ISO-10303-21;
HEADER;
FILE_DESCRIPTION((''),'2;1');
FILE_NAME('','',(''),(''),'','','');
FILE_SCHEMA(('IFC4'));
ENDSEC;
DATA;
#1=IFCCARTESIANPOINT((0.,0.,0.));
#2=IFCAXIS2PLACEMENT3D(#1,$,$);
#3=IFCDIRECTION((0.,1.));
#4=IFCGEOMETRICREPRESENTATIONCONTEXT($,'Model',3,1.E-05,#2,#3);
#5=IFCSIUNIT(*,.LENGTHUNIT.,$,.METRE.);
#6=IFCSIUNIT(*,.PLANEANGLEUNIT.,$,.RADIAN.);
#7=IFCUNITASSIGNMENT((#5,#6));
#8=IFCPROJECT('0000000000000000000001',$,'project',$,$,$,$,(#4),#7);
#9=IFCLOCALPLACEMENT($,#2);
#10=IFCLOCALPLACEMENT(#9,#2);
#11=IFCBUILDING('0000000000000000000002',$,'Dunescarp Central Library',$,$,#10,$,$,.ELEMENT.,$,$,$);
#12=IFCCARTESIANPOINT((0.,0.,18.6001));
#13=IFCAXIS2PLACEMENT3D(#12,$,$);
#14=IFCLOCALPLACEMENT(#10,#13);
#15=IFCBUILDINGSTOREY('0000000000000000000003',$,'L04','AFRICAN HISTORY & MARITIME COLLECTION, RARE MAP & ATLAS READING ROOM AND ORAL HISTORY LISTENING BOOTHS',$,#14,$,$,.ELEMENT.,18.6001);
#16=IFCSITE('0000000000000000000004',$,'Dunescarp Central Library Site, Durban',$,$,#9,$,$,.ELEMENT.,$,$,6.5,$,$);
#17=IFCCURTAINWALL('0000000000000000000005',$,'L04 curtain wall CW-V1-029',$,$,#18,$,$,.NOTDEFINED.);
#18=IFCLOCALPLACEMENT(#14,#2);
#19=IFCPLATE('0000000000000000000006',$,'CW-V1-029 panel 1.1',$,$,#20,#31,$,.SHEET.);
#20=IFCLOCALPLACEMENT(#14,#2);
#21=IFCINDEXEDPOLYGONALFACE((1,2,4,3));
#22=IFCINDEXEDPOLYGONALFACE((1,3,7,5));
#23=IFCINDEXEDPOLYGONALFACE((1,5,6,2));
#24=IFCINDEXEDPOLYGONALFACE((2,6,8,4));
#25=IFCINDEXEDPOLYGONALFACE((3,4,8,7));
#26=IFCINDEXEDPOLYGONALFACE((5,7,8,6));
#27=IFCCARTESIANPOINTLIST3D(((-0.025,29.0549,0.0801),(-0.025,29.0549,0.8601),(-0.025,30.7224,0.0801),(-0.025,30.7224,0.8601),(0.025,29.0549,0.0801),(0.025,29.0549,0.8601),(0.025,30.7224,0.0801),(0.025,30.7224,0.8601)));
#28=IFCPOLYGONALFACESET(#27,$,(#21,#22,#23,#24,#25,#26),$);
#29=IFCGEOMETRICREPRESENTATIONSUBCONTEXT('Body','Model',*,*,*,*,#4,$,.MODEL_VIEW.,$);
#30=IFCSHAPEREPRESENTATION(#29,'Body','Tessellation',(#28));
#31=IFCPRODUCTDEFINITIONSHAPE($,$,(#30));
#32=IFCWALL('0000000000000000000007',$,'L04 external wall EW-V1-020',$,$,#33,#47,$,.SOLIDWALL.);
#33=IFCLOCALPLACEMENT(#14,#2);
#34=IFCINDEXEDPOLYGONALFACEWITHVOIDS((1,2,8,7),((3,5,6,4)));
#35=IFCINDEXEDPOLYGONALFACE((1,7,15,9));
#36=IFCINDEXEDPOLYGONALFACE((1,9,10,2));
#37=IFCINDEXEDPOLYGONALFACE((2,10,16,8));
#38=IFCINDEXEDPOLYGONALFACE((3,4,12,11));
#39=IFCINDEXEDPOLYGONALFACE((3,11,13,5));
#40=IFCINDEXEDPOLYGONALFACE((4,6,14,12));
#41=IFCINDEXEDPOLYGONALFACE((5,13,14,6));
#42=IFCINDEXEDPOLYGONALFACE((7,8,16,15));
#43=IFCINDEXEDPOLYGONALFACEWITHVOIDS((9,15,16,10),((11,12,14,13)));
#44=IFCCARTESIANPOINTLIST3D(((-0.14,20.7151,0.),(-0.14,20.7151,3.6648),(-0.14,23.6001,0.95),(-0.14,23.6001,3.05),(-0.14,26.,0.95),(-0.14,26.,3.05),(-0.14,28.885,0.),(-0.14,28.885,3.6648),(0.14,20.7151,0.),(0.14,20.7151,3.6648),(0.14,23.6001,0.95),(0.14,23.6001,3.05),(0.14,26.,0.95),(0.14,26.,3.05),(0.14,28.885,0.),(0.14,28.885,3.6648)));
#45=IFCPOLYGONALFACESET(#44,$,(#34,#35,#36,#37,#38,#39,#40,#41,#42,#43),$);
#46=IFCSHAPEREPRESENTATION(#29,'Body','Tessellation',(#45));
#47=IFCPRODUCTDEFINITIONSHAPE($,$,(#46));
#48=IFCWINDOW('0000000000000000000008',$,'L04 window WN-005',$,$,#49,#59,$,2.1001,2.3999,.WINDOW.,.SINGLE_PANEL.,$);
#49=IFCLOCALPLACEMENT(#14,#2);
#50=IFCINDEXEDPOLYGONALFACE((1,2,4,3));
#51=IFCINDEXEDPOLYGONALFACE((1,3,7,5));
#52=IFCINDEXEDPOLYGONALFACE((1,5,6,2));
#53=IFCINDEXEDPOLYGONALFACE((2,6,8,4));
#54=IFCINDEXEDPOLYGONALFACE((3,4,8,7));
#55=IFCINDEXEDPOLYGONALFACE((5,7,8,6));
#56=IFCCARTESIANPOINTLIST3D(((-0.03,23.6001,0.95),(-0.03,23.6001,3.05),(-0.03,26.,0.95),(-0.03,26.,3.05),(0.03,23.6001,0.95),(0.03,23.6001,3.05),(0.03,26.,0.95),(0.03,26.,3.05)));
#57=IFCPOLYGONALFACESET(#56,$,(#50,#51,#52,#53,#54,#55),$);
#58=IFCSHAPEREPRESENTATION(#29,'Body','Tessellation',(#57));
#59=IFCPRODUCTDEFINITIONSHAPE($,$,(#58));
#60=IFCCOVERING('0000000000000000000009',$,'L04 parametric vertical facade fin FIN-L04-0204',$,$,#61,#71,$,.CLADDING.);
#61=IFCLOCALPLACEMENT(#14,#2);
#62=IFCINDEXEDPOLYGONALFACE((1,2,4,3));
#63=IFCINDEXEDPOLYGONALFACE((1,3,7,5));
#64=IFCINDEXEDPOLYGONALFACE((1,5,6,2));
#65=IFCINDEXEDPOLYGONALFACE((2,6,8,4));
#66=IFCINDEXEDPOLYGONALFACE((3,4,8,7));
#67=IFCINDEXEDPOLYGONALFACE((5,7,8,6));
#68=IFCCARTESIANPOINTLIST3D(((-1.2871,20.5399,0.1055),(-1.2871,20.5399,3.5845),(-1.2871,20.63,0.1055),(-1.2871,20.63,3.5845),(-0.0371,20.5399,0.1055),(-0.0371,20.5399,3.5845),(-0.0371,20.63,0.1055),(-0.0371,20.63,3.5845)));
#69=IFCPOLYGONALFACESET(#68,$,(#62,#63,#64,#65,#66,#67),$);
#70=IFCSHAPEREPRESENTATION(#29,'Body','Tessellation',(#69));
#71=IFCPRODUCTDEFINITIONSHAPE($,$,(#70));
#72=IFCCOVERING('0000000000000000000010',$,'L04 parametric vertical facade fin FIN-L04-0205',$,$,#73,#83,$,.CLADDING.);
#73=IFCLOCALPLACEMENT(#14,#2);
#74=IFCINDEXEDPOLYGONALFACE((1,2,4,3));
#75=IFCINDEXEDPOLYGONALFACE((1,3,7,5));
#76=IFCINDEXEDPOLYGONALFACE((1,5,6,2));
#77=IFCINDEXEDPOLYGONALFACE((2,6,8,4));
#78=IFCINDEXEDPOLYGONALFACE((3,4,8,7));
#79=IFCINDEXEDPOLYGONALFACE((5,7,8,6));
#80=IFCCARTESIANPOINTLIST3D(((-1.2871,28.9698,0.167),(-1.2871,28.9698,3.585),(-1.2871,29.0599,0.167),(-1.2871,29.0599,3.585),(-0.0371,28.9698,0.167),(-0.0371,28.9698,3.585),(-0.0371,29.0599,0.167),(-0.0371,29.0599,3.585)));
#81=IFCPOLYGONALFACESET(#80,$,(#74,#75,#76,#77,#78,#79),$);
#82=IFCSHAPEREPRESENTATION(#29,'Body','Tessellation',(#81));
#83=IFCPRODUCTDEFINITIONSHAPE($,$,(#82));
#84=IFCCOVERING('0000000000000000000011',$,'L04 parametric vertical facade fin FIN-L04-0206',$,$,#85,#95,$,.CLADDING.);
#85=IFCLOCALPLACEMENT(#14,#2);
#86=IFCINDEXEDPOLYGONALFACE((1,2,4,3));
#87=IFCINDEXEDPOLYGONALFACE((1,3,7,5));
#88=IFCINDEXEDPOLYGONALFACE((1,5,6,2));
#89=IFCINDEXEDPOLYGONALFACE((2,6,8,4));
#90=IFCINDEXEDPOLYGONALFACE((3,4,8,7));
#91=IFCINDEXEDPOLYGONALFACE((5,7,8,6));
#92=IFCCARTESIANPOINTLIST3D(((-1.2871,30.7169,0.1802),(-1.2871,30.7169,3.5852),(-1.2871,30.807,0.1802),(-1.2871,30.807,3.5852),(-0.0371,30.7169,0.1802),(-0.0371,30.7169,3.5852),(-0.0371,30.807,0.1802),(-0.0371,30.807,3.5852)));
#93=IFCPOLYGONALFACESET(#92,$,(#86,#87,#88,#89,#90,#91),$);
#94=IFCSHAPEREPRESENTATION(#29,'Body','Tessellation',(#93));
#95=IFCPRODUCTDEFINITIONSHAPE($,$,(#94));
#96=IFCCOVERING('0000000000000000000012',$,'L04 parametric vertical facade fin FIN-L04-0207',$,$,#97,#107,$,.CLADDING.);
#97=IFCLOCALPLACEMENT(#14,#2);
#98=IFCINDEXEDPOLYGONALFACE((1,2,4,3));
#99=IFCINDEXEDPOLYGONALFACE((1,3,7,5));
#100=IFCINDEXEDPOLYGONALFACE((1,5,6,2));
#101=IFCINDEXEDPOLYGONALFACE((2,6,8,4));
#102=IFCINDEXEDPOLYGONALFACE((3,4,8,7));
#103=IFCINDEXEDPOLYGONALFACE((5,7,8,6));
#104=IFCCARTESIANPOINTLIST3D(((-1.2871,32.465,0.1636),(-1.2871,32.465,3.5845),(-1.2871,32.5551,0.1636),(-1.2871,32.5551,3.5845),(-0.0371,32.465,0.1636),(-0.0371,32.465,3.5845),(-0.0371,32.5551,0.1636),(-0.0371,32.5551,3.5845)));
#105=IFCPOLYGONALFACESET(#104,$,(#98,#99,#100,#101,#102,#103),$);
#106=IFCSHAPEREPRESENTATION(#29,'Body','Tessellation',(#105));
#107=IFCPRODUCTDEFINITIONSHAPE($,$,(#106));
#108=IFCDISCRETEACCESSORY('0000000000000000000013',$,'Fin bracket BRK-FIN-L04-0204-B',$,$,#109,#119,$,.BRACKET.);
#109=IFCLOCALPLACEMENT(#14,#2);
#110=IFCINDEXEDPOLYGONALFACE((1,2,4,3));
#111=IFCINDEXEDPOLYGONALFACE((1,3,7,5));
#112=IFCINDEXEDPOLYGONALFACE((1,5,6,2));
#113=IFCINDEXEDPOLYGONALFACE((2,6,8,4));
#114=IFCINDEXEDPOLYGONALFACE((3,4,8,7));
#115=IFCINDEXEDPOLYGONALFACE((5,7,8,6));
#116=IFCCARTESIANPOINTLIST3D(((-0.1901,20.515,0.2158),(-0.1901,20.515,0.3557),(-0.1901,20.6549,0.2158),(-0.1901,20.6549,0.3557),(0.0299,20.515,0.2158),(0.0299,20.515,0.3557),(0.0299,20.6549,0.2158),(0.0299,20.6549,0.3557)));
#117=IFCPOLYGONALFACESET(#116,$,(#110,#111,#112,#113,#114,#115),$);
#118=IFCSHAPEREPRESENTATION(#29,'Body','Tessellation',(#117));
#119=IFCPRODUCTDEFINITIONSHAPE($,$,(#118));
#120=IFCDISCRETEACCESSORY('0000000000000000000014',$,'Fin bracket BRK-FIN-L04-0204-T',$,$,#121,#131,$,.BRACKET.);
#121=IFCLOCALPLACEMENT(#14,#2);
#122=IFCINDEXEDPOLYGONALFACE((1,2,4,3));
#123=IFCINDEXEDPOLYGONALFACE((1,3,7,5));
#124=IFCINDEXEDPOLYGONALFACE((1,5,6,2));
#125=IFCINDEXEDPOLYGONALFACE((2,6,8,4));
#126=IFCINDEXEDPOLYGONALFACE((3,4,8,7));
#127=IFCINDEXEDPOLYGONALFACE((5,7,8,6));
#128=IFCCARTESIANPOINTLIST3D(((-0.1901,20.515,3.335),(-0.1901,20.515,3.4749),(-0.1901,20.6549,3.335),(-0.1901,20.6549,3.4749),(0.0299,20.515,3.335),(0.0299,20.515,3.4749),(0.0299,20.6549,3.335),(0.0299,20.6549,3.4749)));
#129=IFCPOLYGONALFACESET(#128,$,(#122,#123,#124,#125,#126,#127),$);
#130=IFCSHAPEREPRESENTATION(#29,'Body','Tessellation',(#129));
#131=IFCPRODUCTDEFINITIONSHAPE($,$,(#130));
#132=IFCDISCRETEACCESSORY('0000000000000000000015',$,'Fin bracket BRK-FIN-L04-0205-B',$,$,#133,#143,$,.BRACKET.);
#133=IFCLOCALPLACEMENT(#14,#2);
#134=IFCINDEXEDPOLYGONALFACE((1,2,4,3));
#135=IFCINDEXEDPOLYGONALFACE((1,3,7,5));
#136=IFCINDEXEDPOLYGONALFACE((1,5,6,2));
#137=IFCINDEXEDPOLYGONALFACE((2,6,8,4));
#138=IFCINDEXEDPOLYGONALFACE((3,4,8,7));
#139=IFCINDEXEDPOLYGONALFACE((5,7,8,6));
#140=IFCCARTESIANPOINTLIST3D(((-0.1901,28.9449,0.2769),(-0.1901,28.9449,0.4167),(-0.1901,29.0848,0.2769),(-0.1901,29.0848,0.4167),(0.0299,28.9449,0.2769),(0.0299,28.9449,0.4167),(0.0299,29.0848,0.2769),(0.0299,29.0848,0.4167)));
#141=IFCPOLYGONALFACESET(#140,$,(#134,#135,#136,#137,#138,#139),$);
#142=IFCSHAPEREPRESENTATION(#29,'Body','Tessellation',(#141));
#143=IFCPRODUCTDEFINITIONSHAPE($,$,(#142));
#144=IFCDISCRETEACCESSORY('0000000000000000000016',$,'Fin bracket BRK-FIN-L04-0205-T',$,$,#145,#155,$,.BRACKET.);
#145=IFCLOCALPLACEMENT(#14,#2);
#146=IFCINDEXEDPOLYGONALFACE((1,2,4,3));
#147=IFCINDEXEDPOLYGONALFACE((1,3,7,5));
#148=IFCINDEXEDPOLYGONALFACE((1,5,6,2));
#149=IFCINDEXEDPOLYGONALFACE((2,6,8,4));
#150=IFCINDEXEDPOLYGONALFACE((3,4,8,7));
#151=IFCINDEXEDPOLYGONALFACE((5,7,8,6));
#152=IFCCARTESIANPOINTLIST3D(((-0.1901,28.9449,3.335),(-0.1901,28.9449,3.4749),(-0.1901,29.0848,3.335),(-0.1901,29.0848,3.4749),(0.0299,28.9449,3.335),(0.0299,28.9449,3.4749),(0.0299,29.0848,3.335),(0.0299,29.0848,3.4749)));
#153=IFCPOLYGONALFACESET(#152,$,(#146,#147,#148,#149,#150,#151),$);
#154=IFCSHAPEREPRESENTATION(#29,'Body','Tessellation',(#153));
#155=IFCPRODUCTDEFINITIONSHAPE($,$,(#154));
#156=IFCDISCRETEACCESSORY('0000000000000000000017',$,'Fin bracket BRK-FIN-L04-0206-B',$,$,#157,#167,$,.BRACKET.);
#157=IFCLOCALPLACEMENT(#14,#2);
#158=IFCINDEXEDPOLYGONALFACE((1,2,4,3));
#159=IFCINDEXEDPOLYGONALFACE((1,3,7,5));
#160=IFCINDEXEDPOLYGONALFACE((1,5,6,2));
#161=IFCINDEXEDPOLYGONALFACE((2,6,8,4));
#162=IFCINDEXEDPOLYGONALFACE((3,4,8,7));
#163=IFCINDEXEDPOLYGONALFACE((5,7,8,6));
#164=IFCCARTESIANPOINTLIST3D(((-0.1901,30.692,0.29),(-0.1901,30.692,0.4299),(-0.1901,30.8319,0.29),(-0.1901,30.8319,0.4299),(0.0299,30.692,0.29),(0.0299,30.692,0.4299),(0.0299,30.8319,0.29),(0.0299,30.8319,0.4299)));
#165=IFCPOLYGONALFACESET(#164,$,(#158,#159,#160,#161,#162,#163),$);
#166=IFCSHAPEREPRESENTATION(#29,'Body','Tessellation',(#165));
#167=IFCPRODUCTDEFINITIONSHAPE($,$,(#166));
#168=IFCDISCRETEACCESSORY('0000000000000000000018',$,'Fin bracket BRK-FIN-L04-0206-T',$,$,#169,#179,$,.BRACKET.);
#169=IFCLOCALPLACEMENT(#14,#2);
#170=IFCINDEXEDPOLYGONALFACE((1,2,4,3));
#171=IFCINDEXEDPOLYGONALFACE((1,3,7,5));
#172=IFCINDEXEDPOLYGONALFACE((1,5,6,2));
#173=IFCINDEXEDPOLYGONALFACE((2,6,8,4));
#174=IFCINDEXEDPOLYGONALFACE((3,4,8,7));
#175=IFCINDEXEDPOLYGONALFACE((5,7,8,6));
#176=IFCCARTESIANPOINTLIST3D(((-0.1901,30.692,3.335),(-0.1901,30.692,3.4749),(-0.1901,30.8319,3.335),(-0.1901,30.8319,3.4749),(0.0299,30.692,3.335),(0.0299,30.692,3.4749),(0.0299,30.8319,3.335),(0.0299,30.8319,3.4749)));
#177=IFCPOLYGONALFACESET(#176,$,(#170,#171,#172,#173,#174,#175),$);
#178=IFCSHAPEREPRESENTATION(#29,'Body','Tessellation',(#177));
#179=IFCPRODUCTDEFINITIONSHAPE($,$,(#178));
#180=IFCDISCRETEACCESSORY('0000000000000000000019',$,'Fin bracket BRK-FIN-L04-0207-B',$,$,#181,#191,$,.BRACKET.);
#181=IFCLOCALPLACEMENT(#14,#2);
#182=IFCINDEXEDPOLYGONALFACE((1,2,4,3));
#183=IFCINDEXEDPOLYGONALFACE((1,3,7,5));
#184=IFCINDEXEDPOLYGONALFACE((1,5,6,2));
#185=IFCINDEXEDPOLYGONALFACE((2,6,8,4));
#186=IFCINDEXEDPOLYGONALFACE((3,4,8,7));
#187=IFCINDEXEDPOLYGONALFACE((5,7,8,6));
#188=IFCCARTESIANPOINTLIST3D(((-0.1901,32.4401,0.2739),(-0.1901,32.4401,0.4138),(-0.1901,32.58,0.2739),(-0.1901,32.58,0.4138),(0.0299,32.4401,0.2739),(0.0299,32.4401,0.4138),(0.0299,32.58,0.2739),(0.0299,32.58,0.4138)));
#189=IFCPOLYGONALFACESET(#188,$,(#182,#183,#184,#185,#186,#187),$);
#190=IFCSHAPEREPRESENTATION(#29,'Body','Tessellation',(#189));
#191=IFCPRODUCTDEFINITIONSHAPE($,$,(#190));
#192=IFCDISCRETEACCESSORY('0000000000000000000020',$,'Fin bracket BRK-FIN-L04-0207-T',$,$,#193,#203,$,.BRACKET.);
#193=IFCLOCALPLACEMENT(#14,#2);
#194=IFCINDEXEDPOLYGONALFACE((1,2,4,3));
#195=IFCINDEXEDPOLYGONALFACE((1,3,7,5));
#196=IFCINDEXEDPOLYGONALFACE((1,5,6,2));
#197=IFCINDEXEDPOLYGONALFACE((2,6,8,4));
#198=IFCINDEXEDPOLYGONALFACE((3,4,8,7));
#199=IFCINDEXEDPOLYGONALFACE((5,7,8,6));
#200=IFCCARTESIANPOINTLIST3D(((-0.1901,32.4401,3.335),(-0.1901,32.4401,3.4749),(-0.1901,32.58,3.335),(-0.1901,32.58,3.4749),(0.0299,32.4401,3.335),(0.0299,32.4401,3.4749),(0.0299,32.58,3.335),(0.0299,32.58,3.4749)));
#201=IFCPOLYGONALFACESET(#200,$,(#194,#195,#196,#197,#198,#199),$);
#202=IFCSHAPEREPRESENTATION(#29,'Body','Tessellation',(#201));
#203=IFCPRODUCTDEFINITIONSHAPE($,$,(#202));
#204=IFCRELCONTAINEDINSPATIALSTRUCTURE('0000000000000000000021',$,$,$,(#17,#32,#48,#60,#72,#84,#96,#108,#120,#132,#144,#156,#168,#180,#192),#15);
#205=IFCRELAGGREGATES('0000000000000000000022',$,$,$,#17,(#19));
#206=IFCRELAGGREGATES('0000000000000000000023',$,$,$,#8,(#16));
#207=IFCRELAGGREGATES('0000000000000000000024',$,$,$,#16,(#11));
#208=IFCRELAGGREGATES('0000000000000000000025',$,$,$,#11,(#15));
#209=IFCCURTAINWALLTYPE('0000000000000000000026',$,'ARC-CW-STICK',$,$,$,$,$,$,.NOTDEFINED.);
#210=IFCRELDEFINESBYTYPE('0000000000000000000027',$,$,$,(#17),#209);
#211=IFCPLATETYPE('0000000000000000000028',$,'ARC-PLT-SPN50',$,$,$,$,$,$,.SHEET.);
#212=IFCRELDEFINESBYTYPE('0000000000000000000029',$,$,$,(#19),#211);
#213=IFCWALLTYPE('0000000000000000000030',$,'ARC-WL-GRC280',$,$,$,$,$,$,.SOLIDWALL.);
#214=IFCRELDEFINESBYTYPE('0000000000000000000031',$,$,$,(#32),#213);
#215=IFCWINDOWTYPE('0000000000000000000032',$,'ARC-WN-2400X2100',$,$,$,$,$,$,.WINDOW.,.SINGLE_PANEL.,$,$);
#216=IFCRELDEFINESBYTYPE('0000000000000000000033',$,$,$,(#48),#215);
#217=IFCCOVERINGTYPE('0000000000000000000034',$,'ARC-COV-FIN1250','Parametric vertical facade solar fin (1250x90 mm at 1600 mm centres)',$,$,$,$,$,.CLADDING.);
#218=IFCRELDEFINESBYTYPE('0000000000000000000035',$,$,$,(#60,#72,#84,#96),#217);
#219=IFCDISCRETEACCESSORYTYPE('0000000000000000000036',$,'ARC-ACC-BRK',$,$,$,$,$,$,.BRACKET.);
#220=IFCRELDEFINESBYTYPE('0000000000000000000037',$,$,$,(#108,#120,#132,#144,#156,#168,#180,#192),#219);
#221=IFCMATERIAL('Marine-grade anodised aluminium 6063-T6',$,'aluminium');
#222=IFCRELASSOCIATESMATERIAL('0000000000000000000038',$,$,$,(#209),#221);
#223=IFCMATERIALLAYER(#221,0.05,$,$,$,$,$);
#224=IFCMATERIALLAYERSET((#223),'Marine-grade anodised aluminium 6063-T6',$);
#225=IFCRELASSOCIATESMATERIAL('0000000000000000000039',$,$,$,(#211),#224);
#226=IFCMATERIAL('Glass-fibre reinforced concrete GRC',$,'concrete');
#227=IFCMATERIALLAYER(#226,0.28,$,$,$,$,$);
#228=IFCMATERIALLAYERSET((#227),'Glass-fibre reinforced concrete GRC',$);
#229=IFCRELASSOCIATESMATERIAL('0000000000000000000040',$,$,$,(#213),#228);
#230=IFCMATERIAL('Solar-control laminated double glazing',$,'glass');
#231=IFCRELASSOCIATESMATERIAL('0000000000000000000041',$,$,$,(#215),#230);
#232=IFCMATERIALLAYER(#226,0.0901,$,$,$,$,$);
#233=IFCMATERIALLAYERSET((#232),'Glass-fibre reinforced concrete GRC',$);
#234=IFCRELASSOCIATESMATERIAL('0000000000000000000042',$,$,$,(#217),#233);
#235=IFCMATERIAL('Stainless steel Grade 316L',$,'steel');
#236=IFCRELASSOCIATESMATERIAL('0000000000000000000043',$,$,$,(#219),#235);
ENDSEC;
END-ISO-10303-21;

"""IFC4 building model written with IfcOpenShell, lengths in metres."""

from ifc_helpers import new_model, si_unit, direction, frame, frame_2d, origin, origin_2d, place, context, subcontext, project, spatial, rectangle, extrude, material, layer, layer_set, type_object, element, fill, aggregate, save


model = new_model("IFC4")

# Units and contexts
model_context = context("Model", 3, precision=1e-05, world=origin(), true_north=direction((0.0, 1.0)))
body_context = subcontext(model_context, "Body", "Model", "MODEL_VIEW")
ifc_project = project(units=[si_unit("LENGTHUNIT", "METRE"), si_unit("PLANEANGLEUNIT", "RADIAN")], contexts=[model_context])

# Site, building, storey
site_placement = place(None, origin())
site = spatial("IfcSite", under=ifc_project, at=site_placement, Name="Dunescarp Central Library Site, Durban", CompositionType="ELEMENT", RefElevation=6.5)
building_placement = place(site_placement, origin())
building = spatial("IfcBuilding", under=site, at=building_placement, Name="Dunescarp Central Library", CompositionType="ELEMENT")
storey_placement = place(building_placement, frame((0.0, 0.0, 18.6001)))
storey = spatial("IfcBuildingStorey", under=building, at=storey_placement, Name="L04", Description="AFRICAN HISTORY & MARITIME COLLECTION, RARE MAP & ATLAS READING ROOM AND ORAL HISTORY LISTENING BOOTHS", CompositionType="ELEMENT", Elevation=18.6001)

# Shared definitions
ifc_material_1 = material(Name="Marine-grade anodised aluminium 6063-T6", Category="aluminium")
curtain_wall_type = type_object("IfcCurtainWallType", Name="ARC-CW-STICK", PredefinedType="NOTDEFINED", material=ifc_material_1)

# Curtain wall
curtain_wall_1_placement = place(storey_placement, origin())
curtain_wall_1 = element("IfcCurtainWall", 1, at=curtain_wall_1_placement, inside=storey, type_object=curtain_wall_type, Name="L04 curtain wall CW-V1-029", PredefinedType="NOTDEFINED")

# Plate
ifc_material_2 = material(Name="Solar-control laminated double glazing", Category="glass")
ifc_layer_1 = layer(ifc_material_1, 0.05)
ifc_layer_set_1 = layer_set([ifc_layer_1], Name="Marine-grade anodised aluminium 6063-T6")
plate_type_1 = type_object("IfcPlateType", Name="ARC-PLT-SPN50", PredefinedType="SHEET", material=ifc_layer_set_1)
plate_1_placement = place(storey_placement, frame((0.0, 29.8887, 0.0801), z_axis=(0.0, 0.0, 1.0), x_axis=(0.0, 1.0, 0.0)))
plate_1 = element("IfcPlate", 2, at=plate_1_placement, type_object=plate_type_1, Name="CW-V1-029 panel 1.1", PredefinedType="SHEET", context=body_context, shape_type="SweptSolid", body=[
    extrude(rectangle(XDim=1.6675, YDim=0.05, at=origin_2d()), origin(), (0.0, 0.0, 1.0), 0.78),
])
aggregate(curtain_wall_1, [plate_1])

# Wall, opening, window
ifc_material_3 = material(Name="Glass-fibre reinforced concrete GRC", Category="concrete")
ifc_layer_2 = layer(ifc_material_3, 0.28)
ifc_layer_set_2 = layer_set([ifc_layer_2], Name="Glass-fibre reinforced concrete GRC")
wall_type = type_object("IfcWallType", Name="ARC-WL-GRC280", PredefinedType="SOLIDWALL", material=ifc_layer_set_2)
wall_placement = place(storey_placement, frame((0.0, 20.7151, 0.0), z_axis=(0.0, 0.0, 1.0), x_axis=(0.0, 1.0, 0.0)))
wall = element("IfcWall", 3, at=wall_placement, inside=storey, type_object=wall_type, Name="L04 external wall EW-V1-020", PredefinedType="SOLIDWALL", context=body_context, shape_type="SweptSolid", body=[
    extrude(rectangle(XDim=8.1699, YDim=0.28, at=frame_2d((4.085, 0.0))), origin(), (0.0, 0.0, 1.0), 3.6648),
])
opening_placement = place(wall_placement, frame((2.885, 0.0, 0.95)))
opening = element("IfcOpeningElement", 4, at=opening_placement, cuts=wall, PredefinedType="OPENING", context=body_context, shape_type="SweptSolid", body=[
    extrude(rectangle(XDim=2.3999, YDim=2.1001, at=frame_2d((1.2, 1.05))), frame((0.0, 0.1499, 0.0), z_axis=(0.0, -1.0, 0.0), x_axis=(1.0, 0.0, 0.0)), (0.0, 0.0, 1.0), 0.3),
])
window_type = type_object("IfcWindowType", Name="ARC-WN-2400X2100", PartitioningType="SINGLE_PANEL", PredefinedType="WINDOW", material=ifc_material_2)
window_placement = place(opening_placement, origin())
window = element("IfcWindow", 5, at=window_placement, inside=storey, type_object=window_type, Name="L04 window WN-005", OverallHeight=2.1001, OverallWidth=2.3999, PartitioningType="SINGLE_PANEL", PredefinedType="WINDOW", context=body_context, shape_type="SweptSolid", body=[
    extrude(rectangle(XDim=2.3999, YDim=2.1001, at=frame_2d((1.2, 1.05))), frame((0.0, 0.03, 0.0), z_axis=(0.0, -1.0, 0.0), x_axis=(1.0, 0.0, 0.0)), (0.0, 0.0, 1.0), 0.0601),
])
fill(opening, window)

# Coverings
ifc_layer_3 = layer(ifc_material_3, 0.0901)
ifc_layer_set_3 = layer_set([ifc_layer_3], Name="Glass-fibre reinforced concrete GRC")
covering_type = type_object("IfcCoveringType", Name="ARC-COV-FIN1250", Description="Parametric vertical facade solar fin (1250x90 mm at 1600 mm centres)", PredefinedType="CLADDING", material=ifc_layer_set_3)
covering_1_placement = place(storey_placement, frame((-0.6621, 20.585, 0.1055), z_axis=(0.0, 0.0, 1.0), x_axis=(-1.0, 0.0, 0.0)))
element("IfcCovering", 6, at=covering_1_placement, inside=storey, type_object=covering_type, Name="L04 parametric vertical facade fin FIN-L04-0204", PredefinedType="CLADDING", context=body_context, shape_type="SweptSolid", body=[
    extrude(rectangle(XDim=1.25, YDim=0.0901, at=origin_2d()), origin(), (0.0, 0.0, 1.0), 3.479),
])
covering_2_placement = place(storey_placement, frame((-0.6621, 29.0149, 0.167), z_axis=(0.0, 0.0, 1.0), x_axis=(-1.0, 0.0, 0.0)))
element("IfcCovering", 7, at=covering_2_placement, inside=storey, type_object=covering_type, Name="L04 parametric vertical facade fin FIN-L04-0205", PredefinedType="CLADDING", context=body_context, shape_type="SweptSolid", body=[
    extrude(rectangle(XDim=1.25, YDim=0.0901, at=origin_2d()), origin(), (0.0, 0.0, 1.0), 3.418),
])
covering_3_placement = place(storey_placement, frame((-0.6621, 30.762, 0.1802), z_axis=(0.0, 0.0, 1.0), x_axis=(-1.0, 0.0, 0.0)))
element("IfcCovering", 8, at=covering_3_placement, inside=storey, type_object=covering_type, Name="L04 parametric vertical facade fin FIN-L04-0206", PredefinedType="CLADDING", context=body_context, shape_type="SweptSolid", body=[
    extrude(rectangle(XDim=1.25, YDim=0.0901, at=origin_2d()), origin(), (0.0, 0.0, 1.0), 3.405),
])
covering_4_placement = place(storey_placement, frame((-0.6621, 32.51, 0.1636), z_axis=(0.0, 0.0, 1.0), x_axis=(-1.0, 0.0, 0.0)))
element("IfcCovering", 9, at=covering_4_placement, inside=storey, type_object=covering_type, Name="L04 parametric vertical facade fin FIN-L04-0207", PredefinedType="CLADDING", context=body_context, shape_type="SweptSolid", body=[
    extrude(rectangle(XDim=1.25, YDim=0.0901, at=origin_2d()), origin(), (0.0, 0.0, 1.0), 3.4209),
])

# Discrete accessories
ifc_material_4 = material(Name="Stainless steel Grade 316L", Category="steel")
discrete_accessory_type = type_object("IfcDiscreteAccessoryType", Name="ARC-ACC-BRK", PredefinedType="BRACKET", material=ifc_material_4)
for number, where, z_axis, x_axis, name in (
    (10, (-0.0801, 20.585, 0.2158), (0.0, 0.0, 1.0), (-1.0, 0.0, 0.0), "Fin bracket BRK-FIN-L04-0204-B"),
    (11, (-0.0801, 20.585, 3.335), (0.0, 0.0, 1.0), (-1.0, 0.0, 0.0), "Fin bracket BRK-FIN-L04-0204-T"),
    (12, (-0.0801, 29.0149, 0.2769), (0.0, 0.0, 1.0), (-1.0, 0.0, 0.0), "Fin bracket BRK-FIN-L04-0205-B"),
    (13, (-0.0801, 29.0149, 3.335), (0.0, 0.0, 1.0), (-1.0, 0.0, 0.0), "Fin bracket BRK-FIN-L04-0205-T"),
    (14, (-0.0801, 30.762, 0.29), (0.0, 0.0, 1.0), (-1.0, 0.0, 0.0), "Fin bracket BRK-FIN-L04-0206-B"),
    (15, (-0.0801, 30.762, 3.335), (0.0, 0.0, 1.0), (-1.0, 0.0, 0.0), "Fin bracket BRK-FIN-L04-0206-T"),
    (16, (-0.0801, 32.51, 0.2739), (0.0, 0.0, 1.0), (-1.0, 0.0, 0.0), "Fin bracket BRK-FIN-L04-0207-B"),
    (17, (-0.0801, 32.51, 3.335), (0.0, 0.0, 1.0), (-1.0, 0.0, 0.0), "Fin bracket BRK-FIN-L04-0207-T"),
):
    element("IfcDiscreteAccessory", number, at=place(storey_placement, frame(where, z_axis=z_axis, x_axis=x_axis)), inside=storey, type_object=discrete_accessory_type, Name=name, PredefinedType="BRACKET", context=body_context, shape_type="SweptSolid", body=[
        extrude(rectangle(XDim=0.22, YDim=0.1399, at=origin_2d()), origin(), (0.0, 0.0, 1.0), 0.1399),
    ])

save(model, "model.ifc")
